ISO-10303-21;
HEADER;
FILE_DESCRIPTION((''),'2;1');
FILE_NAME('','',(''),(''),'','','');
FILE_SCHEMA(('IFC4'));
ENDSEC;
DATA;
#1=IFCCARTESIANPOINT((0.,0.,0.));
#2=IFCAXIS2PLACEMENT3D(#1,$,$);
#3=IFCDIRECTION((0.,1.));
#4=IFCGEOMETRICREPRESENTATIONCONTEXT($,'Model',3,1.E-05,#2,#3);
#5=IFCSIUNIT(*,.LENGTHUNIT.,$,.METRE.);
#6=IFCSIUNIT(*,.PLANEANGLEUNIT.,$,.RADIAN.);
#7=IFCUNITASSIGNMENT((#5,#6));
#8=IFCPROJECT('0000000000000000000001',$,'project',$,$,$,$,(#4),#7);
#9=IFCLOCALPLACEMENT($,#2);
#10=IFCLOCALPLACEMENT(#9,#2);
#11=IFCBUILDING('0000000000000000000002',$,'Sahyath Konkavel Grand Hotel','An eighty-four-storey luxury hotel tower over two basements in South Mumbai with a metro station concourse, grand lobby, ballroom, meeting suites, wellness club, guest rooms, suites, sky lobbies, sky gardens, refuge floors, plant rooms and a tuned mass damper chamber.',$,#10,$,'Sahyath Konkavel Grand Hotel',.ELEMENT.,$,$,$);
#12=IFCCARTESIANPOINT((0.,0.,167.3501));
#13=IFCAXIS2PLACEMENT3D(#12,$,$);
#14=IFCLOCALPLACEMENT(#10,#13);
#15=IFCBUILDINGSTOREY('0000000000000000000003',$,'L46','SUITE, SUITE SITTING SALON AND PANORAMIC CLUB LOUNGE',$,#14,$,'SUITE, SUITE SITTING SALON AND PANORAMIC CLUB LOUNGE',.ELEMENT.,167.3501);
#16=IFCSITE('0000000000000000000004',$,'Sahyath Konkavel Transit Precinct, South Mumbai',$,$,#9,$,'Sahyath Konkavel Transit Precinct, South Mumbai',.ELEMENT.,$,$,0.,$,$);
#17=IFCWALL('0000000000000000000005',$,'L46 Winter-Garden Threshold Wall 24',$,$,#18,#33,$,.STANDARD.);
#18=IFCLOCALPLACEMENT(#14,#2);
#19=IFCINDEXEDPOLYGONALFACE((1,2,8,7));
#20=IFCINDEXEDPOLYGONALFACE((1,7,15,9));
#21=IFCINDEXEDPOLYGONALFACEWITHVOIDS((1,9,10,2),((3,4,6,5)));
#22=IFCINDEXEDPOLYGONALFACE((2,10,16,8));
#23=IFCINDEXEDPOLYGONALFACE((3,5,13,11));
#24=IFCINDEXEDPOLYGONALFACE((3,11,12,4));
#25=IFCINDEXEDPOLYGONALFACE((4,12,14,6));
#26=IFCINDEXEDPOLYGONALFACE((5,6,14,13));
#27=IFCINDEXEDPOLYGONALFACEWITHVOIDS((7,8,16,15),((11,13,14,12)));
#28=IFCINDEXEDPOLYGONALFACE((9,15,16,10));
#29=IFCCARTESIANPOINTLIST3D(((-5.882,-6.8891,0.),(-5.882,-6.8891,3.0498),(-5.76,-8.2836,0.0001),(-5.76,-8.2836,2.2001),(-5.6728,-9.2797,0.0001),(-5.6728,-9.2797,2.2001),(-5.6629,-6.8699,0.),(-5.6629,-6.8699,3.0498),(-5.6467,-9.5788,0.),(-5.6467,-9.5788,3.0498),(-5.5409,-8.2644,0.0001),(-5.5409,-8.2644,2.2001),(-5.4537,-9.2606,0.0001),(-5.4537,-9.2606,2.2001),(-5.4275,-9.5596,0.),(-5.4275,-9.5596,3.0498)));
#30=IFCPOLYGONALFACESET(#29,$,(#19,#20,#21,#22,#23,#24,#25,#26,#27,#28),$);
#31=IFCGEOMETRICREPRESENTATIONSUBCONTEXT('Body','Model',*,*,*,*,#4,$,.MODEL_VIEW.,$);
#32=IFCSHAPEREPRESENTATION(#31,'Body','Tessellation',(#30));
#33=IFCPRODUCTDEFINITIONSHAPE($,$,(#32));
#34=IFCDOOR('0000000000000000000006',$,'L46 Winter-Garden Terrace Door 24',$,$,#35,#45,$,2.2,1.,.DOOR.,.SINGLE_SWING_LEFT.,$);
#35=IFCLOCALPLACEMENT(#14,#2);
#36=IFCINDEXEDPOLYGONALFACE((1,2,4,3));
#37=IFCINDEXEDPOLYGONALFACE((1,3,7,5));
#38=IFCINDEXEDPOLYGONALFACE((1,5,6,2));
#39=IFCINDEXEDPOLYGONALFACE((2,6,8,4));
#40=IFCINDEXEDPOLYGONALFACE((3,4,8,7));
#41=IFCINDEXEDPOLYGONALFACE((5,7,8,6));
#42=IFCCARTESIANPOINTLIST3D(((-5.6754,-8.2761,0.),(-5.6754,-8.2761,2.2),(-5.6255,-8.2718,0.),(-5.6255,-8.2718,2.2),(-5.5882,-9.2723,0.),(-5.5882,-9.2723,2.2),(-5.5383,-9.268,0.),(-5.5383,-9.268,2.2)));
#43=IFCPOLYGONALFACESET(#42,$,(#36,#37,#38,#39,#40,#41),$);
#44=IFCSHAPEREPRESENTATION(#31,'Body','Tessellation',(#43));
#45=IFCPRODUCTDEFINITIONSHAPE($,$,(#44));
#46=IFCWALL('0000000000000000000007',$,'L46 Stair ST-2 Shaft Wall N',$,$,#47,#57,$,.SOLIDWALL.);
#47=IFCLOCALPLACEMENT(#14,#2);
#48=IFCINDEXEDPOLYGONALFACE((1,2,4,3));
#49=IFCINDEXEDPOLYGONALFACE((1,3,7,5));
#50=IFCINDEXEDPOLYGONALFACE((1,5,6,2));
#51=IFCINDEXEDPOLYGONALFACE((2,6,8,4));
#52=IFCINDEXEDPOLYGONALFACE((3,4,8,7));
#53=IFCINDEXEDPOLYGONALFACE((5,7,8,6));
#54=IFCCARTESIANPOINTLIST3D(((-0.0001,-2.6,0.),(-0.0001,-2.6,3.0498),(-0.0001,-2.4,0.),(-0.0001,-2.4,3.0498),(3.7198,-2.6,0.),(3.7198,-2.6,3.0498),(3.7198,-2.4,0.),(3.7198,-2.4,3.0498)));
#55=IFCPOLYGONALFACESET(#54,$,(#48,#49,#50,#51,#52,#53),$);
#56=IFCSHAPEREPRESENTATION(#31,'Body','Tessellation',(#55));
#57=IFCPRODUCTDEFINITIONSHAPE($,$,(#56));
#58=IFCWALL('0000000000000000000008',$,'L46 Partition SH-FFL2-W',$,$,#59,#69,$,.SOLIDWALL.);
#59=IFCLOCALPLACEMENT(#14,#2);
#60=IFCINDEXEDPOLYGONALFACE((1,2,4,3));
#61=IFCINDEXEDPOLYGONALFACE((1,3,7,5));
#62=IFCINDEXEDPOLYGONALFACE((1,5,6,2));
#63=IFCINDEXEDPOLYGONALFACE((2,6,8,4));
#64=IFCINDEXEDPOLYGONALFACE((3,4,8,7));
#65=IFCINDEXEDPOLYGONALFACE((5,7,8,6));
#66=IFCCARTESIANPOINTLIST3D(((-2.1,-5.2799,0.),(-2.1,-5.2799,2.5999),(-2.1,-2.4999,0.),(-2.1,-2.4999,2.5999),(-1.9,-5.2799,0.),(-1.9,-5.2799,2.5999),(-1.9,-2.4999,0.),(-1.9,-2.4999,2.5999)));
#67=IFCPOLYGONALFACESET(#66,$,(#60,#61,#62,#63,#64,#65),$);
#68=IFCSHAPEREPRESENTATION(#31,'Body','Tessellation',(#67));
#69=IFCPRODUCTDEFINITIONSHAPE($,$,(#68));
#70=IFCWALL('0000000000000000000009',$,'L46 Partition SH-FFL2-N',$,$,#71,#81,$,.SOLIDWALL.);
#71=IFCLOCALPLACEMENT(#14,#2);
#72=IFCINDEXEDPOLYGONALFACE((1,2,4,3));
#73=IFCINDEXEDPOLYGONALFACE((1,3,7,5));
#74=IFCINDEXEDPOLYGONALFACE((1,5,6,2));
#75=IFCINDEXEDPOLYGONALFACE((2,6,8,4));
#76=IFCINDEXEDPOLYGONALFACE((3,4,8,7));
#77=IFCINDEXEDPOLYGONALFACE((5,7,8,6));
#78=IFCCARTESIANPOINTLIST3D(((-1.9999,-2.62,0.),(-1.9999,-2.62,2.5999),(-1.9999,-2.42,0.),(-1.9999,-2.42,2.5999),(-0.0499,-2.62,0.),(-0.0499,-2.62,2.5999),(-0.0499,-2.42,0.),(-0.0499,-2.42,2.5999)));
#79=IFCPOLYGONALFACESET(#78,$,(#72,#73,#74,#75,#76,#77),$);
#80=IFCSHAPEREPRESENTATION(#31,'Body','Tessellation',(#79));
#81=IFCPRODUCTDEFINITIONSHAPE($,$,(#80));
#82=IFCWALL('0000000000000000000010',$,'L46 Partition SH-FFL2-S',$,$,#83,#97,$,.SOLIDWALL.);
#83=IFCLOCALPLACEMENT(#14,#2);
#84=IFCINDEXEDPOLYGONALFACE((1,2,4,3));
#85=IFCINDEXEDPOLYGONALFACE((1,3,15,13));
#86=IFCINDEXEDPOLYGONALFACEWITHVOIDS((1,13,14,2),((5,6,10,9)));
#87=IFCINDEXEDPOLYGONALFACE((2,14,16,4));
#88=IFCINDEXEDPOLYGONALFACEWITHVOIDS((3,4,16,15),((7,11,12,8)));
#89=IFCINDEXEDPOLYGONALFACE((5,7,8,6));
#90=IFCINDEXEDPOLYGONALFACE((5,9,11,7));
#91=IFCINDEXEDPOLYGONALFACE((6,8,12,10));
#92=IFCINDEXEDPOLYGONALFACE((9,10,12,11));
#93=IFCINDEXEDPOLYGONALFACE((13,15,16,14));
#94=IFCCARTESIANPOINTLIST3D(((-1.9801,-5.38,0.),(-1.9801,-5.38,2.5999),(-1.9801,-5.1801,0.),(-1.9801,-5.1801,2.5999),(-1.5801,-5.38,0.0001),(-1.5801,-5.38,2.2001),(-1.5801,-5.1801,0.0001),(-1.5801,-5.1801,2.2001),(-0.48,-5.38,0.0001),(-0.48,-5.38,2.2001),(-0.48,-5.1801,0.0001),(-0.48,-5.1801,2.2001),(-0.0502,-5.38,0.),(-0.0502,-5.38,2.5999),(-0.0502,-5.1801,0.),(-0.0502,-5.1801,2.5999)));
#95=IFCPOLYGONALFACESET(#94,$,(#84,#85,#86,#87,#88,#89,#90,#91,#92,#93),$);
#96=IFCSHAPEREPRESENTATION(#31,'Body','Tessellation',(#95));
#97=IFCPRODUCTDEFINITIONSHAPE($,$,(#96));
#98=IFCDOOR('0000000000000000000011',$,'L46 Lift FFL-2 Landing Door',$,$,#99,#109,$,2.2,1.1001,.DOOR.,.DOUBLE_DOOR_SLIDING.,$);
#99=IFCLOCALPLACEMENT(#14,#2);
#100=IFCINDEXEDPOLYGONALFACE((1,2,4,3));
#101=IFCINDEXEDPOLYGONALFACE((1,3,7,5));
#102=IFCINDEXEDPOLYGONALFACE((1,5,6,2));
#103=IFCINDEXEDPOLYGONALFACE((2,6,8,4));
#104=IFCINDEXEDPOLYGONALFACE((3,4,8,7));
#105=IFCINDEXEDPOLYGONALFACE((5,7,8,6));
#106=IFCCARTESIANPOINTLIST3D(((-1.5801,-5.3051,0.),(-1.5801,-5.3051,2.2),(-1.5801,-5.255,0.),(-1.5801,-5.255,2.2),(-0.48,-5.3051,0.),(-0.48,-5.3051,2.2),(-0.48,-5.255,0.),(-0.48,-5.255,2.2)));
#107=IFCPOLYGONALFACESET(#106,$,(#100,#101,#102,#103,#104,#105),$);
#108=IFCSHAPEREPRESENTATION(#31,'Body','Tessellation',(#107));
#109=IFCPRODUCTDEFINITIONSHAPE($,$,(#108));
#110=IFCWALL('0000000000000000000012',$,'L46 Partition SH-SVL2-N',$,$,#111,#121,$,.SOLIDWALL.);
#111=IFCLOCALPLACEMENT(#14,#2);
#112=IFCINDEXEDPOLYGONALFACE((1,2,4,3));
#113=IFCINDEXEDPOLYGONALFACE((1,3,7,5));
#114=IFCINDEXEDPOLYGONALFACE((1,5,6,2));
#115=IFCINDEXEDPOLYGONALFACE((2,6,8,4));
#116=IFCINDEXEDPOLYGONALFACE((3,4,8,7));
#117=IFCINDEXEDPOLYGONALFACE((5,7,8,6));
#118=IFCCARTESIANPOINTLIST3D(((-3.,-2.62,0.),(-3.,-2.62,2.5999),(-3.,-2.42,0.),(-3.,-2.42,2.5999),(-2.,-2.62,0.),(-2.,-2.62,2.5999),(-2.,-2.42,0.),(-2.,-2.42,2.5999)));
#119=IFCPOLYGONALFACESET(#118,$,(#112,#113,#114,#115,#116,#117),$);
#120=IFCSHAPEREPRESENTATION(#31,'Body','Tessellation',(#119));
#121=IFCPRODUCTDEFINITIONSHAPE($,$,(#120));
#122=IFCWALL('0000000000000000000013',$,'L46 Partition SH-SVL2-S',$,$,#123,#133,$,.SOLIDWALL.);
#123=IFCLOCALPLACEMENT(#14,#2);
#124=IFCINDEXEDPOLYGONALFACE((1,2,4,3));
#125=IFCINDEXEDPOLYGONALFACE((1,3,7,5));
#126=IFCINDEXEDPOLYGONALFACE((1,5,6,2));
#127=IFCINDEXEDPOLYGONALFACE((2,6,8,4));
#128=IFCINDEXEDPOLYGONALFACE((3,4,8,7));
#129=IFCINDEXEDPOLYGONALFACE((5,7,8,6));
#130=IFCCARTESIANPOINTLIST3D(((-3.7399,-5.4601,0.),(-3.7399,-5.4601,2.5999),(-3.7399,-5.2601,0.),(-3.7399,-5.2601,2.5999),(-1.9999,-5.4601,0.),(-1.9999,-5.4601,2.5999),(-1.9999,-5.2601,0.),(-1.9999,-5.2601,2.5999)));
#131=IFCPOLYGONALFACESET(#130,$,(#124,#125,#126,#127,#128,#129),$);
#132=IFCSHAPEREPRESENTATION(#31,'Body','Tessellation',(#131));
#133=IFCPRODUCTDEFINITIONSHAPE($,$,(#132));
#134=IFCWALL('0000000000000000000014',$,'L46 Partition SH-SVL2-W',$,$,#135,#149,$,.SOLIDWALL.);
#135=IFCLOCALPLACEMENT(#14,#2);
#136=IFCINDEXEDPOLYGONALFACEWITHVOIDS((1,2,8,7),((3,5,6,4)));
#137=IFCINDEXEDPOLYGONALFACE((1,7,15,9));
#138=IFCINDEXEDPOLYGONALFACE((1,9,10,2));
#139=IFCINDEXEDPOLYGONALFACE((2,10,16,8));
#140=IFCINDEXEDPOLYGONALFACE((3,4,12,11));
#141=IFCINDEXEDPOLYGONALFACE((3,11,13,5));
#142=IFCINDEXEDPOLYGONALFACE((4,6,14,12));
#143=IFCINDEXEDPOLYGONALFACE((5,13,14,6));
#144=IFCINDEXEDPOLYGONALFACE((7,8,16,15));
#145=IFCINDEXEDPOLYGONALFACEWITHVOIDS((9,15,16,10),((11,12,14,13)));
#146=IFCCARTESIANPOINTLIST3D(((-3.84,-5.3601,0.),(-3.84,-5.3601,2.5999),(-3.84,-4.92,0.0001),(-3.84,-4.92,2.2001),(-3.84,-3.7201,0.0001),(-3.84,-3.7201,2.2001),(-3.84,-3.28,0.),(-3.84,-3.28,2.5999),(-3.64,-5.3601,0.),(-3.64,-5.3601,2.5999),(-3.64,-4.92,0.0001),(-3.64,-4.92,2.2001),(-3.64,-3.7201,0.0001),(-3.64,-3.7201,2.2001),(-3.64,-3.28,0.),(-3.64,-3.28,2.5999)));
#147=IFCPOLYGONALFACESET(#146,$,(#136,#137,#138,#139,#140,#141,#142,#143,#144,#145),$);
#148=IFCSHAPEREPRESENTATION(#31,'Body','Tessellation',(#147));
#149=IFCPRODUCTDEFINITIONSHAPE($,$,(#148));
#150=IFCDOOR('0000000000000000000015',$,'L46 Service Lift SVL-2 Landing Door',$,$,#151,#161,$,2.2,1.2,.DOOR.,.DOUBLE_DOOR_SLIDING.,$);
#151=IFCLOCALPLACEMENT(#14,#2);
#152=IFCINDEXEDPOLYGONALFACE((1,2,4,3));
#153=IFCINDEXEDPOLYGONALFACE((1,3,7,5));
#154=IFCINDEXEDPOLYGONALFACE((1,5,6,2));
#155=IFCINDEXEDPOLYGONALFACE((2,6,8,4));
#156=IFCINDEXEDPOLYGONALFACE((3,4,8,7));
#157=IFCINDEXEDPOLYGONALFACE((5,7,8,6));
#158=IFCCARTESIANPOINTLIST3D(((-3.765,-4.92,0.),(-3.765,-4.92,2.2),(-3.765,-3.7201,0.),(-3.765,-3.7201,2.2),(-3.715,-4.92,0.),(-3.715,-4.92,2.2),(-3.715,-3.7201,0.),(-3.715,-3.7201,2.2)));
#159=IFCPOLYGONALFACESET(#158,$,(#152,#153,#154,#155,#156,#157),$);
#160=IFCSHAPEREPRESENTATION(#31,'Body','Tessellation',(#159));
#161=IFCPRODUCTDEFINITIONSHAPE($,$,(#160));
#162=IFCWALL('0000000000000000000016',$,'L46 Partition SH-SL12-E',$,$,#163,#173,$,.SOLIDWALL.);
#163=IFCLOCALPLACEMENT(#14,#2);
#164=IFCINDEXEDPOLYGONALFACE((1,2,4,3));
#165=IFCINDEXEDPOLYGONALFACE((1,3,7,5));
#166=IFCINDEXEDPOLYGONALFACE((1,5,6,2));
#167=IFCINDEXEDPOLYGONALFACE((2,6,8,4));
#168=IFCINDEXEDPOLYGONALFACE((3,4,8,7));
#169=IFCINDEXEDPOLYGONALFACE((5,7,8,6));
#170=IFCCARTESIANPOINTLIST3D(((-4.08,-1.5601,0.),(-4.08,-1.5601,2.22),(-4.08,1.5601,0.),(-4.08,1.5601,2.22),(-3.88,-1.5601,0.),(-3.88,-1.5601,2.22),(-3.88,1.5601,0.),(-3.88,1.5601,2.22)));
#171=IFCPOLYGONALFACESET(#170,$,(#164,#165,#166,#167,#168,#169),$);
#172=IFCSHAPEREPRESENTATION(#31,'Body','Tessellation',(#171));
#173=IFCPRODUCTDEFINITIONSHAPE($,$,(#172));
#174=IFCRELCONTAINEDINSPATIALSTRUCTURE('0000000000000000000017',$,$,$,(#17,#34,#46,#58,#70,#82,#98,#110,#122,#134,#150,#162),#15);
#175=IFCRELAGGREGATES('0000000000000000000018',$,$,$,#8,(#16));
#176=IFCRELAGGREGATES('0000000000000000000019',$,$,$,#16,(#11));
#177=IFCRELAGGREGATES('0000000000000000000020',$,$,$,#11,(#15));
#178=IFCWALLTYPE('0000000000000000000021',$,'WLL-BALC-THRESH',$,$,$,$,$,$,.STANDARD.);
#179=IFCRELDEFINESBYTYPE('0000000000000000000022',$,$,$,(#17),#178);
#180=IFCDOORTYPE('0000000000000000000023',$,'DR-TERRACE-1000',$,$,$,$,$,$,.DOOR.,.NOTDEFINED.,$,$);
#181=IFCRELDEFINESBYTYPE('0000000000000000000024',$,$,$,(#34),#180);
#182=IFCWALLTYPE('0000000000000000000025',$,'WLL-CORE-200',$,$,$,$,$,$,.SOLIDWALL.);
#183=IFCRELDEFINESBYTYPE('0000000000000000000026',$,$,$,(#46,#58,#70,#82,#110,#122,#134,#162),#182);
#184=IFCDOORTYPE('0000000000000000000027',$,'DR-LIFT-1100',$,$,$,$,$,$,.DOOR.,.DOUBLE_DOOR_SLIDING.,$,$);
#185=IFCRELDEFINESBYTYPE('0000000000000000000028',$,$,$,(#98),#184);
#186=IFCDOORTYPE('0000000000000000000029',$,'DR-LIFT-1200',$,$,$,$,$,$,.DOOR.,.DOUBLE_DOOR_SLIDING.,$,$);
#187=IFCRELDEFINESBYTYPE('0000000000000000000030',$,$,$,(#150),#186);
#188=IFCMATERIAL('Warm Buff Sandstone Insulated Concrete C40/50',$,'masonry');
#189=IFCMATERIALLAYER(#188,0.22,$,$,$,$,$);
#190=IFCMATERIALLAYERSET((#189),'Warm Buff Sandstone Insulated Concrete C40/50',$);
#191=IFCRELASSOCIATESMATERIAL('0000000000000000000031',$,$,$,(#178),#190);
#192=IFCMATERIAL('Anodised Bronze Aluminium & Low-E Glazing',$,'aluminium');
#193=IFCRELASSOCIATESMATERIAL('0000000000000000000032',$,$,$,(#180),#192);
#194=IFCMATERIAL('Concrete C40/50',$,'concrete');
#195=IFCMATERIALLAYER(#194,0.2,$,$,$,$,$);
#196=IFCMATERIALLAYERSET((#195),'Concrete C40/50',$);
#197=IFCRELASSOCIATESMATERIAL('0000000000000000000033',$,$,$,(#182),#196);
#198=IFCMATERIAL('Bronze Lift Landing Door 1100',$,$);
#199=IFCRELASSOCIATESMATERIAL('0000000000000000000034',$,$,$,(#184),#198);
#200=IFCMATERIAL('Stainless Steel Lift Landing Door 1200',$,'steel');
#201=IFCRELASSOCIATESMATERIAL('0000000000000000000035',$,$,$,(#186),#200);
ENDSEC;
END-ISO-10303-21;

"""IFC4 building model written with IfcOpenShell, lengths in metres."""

from ifc_helpers import new_model, si_unit, direction, frame, frame_2d, origin, origin_2d, place, context, subcontext, project, spatial, rectangle, extrude, source, transform, mapped, material, layer, layer_set, type_object, element, fill, save


model = new_model("IFC4")

# Units and contexts
model_context = context("Model", 3, precision=1e-05, world=origin(), true_north=direction((0.0, 1.0)))
body_context = subcontext(model_context, "Body", "Model", "MODEL_VIEW")
ifc_project = project(units=[si_unit("LENGTHUNIT", "METRE"), si_unit("PLANEANGLEUNIT", "RADIAN")], contexts=[model_context])

# Site, building, storey
site_placement = place(None, origin())
site = spatial("IfcSite", under=ifc_project, at=site_placement, Name="Sahyath Konkavel Transit Precinct, South Mumbai", LongName="Sahyath Konkavel Transit Precinct, South Mumbai", CompositionType="ELEMENT", RefElevation=0.0)
building_placement = place(site_placement, origin())
building = spatial("IfcBuilding", under=site, at=building_placement, Name="Sahyath Konkavel Grand Hotel", Description="An eighty-four-storey luxury hotel tower over two basements in South Mumbai with a metro station concourse, grand lobby, ballroom, meeting suites, wellness club, guest rooms, suites, sky lobbies, sky gardens, refuge floors, plant rooms and a tuned mass damper chamber.", LongName="Sahyath Konkavel Grand Hotel", CompositionType="ELEMENT")
storey_placement = place(building_placement, frame((0.0, 0.0, 167.3501)))
storey = spatial("IfcBuildingStorey", under=building, at=storey_placement, Name="L46", Description="SUITE, SUITE SITTING SALON AND PANORAMIC CLUB LOUNGE", LongName="SUITE, SUITE SITTING SALON AND PANORAMIC CLUB LOUNGE", CompositionType="ELEMENT", Elevation=167.3501)

# Shared definitions
ifc_material_1 = material(Name="Concrete C40/50", Category="concrete")

# Wall, opening, door
ifc_material_2 = material(Name="Warm Buff Sandstone Insulated Concrete C40/50", Category="masonry")
ifc_layer_1 = layer(ifc_material_2, 0.22)
ifc_layer_set_1 = layer_set([ifc_layer_1], Name="Warm Buff Sandstone Insulated Concrete C40/50")
wall_type_1 = type_object("IfcWallType", Name="WLL-BALC-THRESH", PredefinedType="STANDARD", material=ifc_layer_set_1)
wall_1_placement = place(storey_placement, frame((-5.7725, -6.8794, 0.0), z_axis=(0.0, 0.0, 1.0), x_axis=(0.087168, -0.996194, 0.0)))
wall_1 = element("IfcWall", 1, at=wall_1_placement, inside=storey, type_object=wall_type_1, Name="L46 Winter-Garden Threshold Wall 24", PredefinedType="STANDARD", context=body_context, shape_type="SweptSolid", body=[
    extrude(rectangle(XDim=2.7, YDim=0.22, at=frame_2d((1.3501, 0.0))), origin(), (0.0, 0.0, 1.0), 3.0498),
])
opening_1_placement = place(wall_1_placement, frame((1.3999, 0.0, 0.0)))
opening_1 = element("IfcOpeningElement", 2, at=opening_1_placement, cuts=wall_1, PredefinedType="OPENING", context=body_context, shape_type="SweptSolid", body=[
    extrude(rectangle(XDim=1.0, YDim=2.2, at=frame_2d((0.5, 1.1001))), frame((0.0, 0.1201, 0.0), z_axis=(0.0, -1.0, 0.0), x_axis=(1.0, 0.0, 0.0)), (0.0, 0.0, 1.0), 0.24),
])
ifc_material_3 = material(Name="Anodised Bronze Aluminium & Low-E Glazing", Category="aluminium")
door_type_1 = type_object("IfcDoorType", Name="DR-TERRACE-1000", OperationType="NOTDEFINED", PredefinedType="DOOR", material=ifc_material_3)
shared_shape_1 = source(origin(), body_context, "Body", "SweptSolid", [
    extrude(rectangle(XDim=1.0, YDim=0.05, at=origin_2d()), origin(), (0.0, 0.0, 1.0), 2.2),
])
door_1_placement = place(opening_1_placement, frame((0.5, 0.0, 0.0)))
door_1 = element("IfcDoor", 3, at=door_1_placement, inside=storey, type_object=door_type_1, Name="L46 Winter-Garden Terrace Door 24", OperationType="SINGLE_SWING_LEFT", OverallHeight=2.2, OverallWidth=1.0, PredefinedType="DOOR", context=body_context, shape_type="MappedRepresentation", body=[
    mapped(shared_shape_1, transform((0.0, 0.0, 0.0), scale=1.0)),
])
fill(opening_1, door_1)

# Walls
ifc_layer_2 = layer(ifc_material_1, 0.2)
ifc_layer_set_2 = layer_set([ifc_layer_2], Name="Concrete C40/50")
wall_type_2 = type_object("IfcWallType", Name="WLL-CORE-200", PredefinedType="SOLIDWALL", material=ifc_layer_set_2)
wall_2_placement = place(storey_placement, frame((0.0, -2.5, 0.0), z_axis=(0.0, 0.0, 1.0), x_axis=(1.0, 0.0, 0.0)))
element("IfcWall", 4, at=wall_2_placement, inside=storey, type_object=wall_type_2, Name="L46 Stair ST-2 Shaft Wall N", PredefinedType="SOLIDWALL", context=body_context, shape_type="SweptSolid", body=[
    extrude(rectangle(XDim=3.72, YDim=0.2, at=frame_2d((1.8599, 0.0))), origin(), (0.0, 0.0, 1.0), 3.0498),
])
wall_3_placement = place(storey_placement, frame((-2.0, -5.28, 0.0), z_axis=(0.0, 0.0, 1.0), x_axis=(0.0, 1.0, 0.0)))
element("IfcWall", 5, at=wall_3_placement, inside=storey, type_object=wall_type_2, Name="L46 Partition SH-FFL2-W", PredefinedType="SOLIDWALL", context=body_context, shape_type="SweptSolid", body=[
    extrude(rectangle(XDim=2.78, YDim=0.2, at=frame_2d((1.3901, 0.0))), origin(), (0.0, 0.0, 1.0), 2.5999),
])
wall_4_placement = place(storey_placement, frame((-2.0, -2.52, 0.0), z_axis=(0.0, 0.0, 1.0), x_axis=(1.0, 0.0, 0.0)))
element("IfcWall", 6, at=wall_4_placement, inside=storey, type_object=wall_type_2, Name="L46 Partition SH-FFL2-N", PredefinedType="SOLIDWALL", context=body_context, shape_type="SweptSolid", body=[
    extrude(rectangle(XDim=1.95, YDim=0.2, at=frame_2d((0.9751, 0.0))), origin(), (0.0, 0.0, 1.0), 2.5999),
])

# Wall, opening, door
wall_5_placement = place(storey_placement, frame((-1.98, -5.28, 0.0), z_axis=(0.0, 0.0, 1.0), x_axis=(1.0, 0.0, 0.0)))
wall_5 = element("IfcWall", 7, at=wall_5_placement, inside=storey, type_object=wall_type_2, Name="L46 Partition SH-FFL2-S", PredefinedType="SOLIDWALL", context=body_context, shape_type="SweptSolid", body=[
    extrude(rectangle(XDim=1.9299, YDim=0.2, at=frame_2d((0.9648, 0.0))), origin(), (0.0, 0.0, 1.0), 2.5999),
])
opening_2_placement = place(wall_5_placement, frame((0.3999, 0.0, 0.0)))
opening_2 = element("IfcOpeningElement", 8, at=opening_2_placement, cuts=wall_5, PredefinedType="OPENING", context=body_context, shape_type="SweptSolid", body=[
    extrude(rectangle(XDim=1.1001, YDim=2.2, at=frame_2d((0.55, 1.1001))), frame((0.0, 0.1099, 0.0), z_axis=(0.0, -1.0, 0.0), x_axis=(1.0, 0.0, 0.0)), (0.0, 0.0, 1.0), 0.22),
])
ifc_material_4 = material(Name="Bronze Lift Landing Door 1100")
door_type_2 = type_object("IfcDoorType", Name="DR-LIFT-1100", OperationType="DOUBLE_DOOR_SLIDING", PredefinedType="DOOR", material=ifc_material_4)
shared_shape_2 = source(origin(), body_context, "Body", "SweptSolid", [
    extrude(rectangle(XDim=1.1001, YDim=0.05, at=origin_2d()), origin(), (0.0, 0.0, 1.0), 2.2),
])
door_2_placement = place(opening_2_placement, frame((0.55, 0.0, 0.0)))
door_2 = element("IfcDoor", 9, at=door_2_placement, inside=storey, type_object=door_type_2, Name="L46 Lift FFL-2 Landing Door", OperationType="DOUBLE_DOOR_SLIDING", OverallHeight=2.2, OverallWidth=1.1001, PredefinedType="DOOR", context=body_context, shape_type="MappedRepresentation", body=[
    mapped(shared_shape_2, transform((0.0, 0.0, 0.0), scale=1.0)),
])
fill(opening_2, door_2)

# Walls
wall_6_placement = place(storey_placement, frame((-3.0, -2.52, 0.0), z_axis=(0.0, 0.0, 1.0), x_axis=(1.0, 0.0, 0.0)))
element("IfcWall", 10, at=wall_6_placement, inside=storey, type_object=wall_type_2, Name="L46 Partition SH-SVL2-N", PredefinedType="SOLIDWALL", context=body_context, shape_type="SweptSolid", body=[
    extrude(rectangle(XDim=1.0, YDim=0.2, at=frame_2d((0.5, 0.0))), origin(), (0.0, 0.0, 1.0), 2.5999),
])
wall_7_placement = place(storey_placement, frame((-3.74, -5.3601, 0.0), z_axis=(0.0, 0.0, 1.0), x_axis=(1.0, 0.0, 0.0)))
element("IfcWall", 11, at=wall_7_placement, inside=storey, type_object=wall_type_2, Name="L46 Partition SH-SVL2-S", PredefinedType="SOLIDWALL", context=body_context, shape_type="SweptSolid", body=[
    extrude(rectangle(XDim=1.74, YDim=0.2, at=frame_2d((0.8701, 0.0))), origin(), (0.0, 0.0, 1.0), 2.5999),
])

# Wall, opening, door
wall_8_placement = place(storey_placement, frame((-3.74, -5.3601, 0.0), z_axis=(0.0, 0.0, 1.0), x_axis=(0.0, 1.0, 0.0)))
wall_8 = element("IfcWall", 12, at=wall_8_placement, inside=storey, type_object=wall_type_2, Name="L46 Partition SH-SVL2-W", PredefinedType="SOLIDWALL", context=body_context, shape_type="SweptSolid", body=[
    extrude(rectangle(XDim=2.0801, YDim=0.2, at=frame_2d((1.04, 0.0))), origin(), (0.0, 0.0, 1.0), 2.5999),
])
opening_3_placement = place(wall_8_placement, frame((0.4399, 0.0, 0.0)))
opening_3 = element("IfcOpeningElement", 13, at=opening_3_placement, cuts=wall_8, PredefinedType="OPENING", context=body_context, shape_type="SweptSolid", body=[
    extrude(rectangle(XDim=1.2, YDim=2.2, at=frame_2d((0.6001, 1.1001))), frame((0.0, 0.1099, 0.0), z_axis=(0.0, -1.0, 0.0), x_axis=(1.0, 0.0, 0.0)), (0.0, 0.0, 1.0), 0.22),
])
ifc_material_5 = material(Name="Stainless Steel Lift Landing Door 1200", Category="steel")
door_type_3 = type_object("IfcDoorType", Name="DR-LIFT-1200", OperationType="DOUBLE_DOOR_SLIDING", PredefinedType="DOOR", material=ifc_material_5)
shared_shape_3 = source(origin(), body_context, "Body", "SweptSolid", [
    extrude(rectangle(XDim=1.2, YDim=0.05, at=origin_2d()), origin(), (0.0, 0.0, 1.0), 2.2),
])
door_3_placement = place(opening_3_placement, frame((0.6001, 0.0, 0.0)))
door_3 = element("IfcDoor", 14, at=door_3_placement, inside=storey, type_object=door_type_3, Name="L46 Service Lift SVL-2 Landing Door", OperationType="DOUBLE_DOOR_SLIDING", OverallHeight=2.2, OverallWidth=1.2, PredefinedType="DOOR", context=body_context, shape_type="MappedRepresentation", body=[
    mapped(shared_shape_3, transform((0.0, 0.0, 0.0), scale=1.0)),
])
fill(opening_3, door_3)

# Wall
wall_9_placement = place(storey_placement, frame((-3.98, -1.5601, 0.0), z_axis=(0.0, 0.0, 1.0), x_axis=(0.0, 1.0, 0.0)))
element("IfcWall", 15, at=wall_9_placement, inside=storey, type_object=wall_type_2, Name="L46 Partition SH-SL12-E", PredefinedType="SOLIDWALL", context=body_context, shape_type="SweptSolid", body=[
    extrude(rectangle(XDim=3.1201, YDim=0.2, at=frame_2d((1.5601, 0.0))), origin(), (0.0, 0.0, 1.0), 2.22),
])

save(model, "model.ifc")
